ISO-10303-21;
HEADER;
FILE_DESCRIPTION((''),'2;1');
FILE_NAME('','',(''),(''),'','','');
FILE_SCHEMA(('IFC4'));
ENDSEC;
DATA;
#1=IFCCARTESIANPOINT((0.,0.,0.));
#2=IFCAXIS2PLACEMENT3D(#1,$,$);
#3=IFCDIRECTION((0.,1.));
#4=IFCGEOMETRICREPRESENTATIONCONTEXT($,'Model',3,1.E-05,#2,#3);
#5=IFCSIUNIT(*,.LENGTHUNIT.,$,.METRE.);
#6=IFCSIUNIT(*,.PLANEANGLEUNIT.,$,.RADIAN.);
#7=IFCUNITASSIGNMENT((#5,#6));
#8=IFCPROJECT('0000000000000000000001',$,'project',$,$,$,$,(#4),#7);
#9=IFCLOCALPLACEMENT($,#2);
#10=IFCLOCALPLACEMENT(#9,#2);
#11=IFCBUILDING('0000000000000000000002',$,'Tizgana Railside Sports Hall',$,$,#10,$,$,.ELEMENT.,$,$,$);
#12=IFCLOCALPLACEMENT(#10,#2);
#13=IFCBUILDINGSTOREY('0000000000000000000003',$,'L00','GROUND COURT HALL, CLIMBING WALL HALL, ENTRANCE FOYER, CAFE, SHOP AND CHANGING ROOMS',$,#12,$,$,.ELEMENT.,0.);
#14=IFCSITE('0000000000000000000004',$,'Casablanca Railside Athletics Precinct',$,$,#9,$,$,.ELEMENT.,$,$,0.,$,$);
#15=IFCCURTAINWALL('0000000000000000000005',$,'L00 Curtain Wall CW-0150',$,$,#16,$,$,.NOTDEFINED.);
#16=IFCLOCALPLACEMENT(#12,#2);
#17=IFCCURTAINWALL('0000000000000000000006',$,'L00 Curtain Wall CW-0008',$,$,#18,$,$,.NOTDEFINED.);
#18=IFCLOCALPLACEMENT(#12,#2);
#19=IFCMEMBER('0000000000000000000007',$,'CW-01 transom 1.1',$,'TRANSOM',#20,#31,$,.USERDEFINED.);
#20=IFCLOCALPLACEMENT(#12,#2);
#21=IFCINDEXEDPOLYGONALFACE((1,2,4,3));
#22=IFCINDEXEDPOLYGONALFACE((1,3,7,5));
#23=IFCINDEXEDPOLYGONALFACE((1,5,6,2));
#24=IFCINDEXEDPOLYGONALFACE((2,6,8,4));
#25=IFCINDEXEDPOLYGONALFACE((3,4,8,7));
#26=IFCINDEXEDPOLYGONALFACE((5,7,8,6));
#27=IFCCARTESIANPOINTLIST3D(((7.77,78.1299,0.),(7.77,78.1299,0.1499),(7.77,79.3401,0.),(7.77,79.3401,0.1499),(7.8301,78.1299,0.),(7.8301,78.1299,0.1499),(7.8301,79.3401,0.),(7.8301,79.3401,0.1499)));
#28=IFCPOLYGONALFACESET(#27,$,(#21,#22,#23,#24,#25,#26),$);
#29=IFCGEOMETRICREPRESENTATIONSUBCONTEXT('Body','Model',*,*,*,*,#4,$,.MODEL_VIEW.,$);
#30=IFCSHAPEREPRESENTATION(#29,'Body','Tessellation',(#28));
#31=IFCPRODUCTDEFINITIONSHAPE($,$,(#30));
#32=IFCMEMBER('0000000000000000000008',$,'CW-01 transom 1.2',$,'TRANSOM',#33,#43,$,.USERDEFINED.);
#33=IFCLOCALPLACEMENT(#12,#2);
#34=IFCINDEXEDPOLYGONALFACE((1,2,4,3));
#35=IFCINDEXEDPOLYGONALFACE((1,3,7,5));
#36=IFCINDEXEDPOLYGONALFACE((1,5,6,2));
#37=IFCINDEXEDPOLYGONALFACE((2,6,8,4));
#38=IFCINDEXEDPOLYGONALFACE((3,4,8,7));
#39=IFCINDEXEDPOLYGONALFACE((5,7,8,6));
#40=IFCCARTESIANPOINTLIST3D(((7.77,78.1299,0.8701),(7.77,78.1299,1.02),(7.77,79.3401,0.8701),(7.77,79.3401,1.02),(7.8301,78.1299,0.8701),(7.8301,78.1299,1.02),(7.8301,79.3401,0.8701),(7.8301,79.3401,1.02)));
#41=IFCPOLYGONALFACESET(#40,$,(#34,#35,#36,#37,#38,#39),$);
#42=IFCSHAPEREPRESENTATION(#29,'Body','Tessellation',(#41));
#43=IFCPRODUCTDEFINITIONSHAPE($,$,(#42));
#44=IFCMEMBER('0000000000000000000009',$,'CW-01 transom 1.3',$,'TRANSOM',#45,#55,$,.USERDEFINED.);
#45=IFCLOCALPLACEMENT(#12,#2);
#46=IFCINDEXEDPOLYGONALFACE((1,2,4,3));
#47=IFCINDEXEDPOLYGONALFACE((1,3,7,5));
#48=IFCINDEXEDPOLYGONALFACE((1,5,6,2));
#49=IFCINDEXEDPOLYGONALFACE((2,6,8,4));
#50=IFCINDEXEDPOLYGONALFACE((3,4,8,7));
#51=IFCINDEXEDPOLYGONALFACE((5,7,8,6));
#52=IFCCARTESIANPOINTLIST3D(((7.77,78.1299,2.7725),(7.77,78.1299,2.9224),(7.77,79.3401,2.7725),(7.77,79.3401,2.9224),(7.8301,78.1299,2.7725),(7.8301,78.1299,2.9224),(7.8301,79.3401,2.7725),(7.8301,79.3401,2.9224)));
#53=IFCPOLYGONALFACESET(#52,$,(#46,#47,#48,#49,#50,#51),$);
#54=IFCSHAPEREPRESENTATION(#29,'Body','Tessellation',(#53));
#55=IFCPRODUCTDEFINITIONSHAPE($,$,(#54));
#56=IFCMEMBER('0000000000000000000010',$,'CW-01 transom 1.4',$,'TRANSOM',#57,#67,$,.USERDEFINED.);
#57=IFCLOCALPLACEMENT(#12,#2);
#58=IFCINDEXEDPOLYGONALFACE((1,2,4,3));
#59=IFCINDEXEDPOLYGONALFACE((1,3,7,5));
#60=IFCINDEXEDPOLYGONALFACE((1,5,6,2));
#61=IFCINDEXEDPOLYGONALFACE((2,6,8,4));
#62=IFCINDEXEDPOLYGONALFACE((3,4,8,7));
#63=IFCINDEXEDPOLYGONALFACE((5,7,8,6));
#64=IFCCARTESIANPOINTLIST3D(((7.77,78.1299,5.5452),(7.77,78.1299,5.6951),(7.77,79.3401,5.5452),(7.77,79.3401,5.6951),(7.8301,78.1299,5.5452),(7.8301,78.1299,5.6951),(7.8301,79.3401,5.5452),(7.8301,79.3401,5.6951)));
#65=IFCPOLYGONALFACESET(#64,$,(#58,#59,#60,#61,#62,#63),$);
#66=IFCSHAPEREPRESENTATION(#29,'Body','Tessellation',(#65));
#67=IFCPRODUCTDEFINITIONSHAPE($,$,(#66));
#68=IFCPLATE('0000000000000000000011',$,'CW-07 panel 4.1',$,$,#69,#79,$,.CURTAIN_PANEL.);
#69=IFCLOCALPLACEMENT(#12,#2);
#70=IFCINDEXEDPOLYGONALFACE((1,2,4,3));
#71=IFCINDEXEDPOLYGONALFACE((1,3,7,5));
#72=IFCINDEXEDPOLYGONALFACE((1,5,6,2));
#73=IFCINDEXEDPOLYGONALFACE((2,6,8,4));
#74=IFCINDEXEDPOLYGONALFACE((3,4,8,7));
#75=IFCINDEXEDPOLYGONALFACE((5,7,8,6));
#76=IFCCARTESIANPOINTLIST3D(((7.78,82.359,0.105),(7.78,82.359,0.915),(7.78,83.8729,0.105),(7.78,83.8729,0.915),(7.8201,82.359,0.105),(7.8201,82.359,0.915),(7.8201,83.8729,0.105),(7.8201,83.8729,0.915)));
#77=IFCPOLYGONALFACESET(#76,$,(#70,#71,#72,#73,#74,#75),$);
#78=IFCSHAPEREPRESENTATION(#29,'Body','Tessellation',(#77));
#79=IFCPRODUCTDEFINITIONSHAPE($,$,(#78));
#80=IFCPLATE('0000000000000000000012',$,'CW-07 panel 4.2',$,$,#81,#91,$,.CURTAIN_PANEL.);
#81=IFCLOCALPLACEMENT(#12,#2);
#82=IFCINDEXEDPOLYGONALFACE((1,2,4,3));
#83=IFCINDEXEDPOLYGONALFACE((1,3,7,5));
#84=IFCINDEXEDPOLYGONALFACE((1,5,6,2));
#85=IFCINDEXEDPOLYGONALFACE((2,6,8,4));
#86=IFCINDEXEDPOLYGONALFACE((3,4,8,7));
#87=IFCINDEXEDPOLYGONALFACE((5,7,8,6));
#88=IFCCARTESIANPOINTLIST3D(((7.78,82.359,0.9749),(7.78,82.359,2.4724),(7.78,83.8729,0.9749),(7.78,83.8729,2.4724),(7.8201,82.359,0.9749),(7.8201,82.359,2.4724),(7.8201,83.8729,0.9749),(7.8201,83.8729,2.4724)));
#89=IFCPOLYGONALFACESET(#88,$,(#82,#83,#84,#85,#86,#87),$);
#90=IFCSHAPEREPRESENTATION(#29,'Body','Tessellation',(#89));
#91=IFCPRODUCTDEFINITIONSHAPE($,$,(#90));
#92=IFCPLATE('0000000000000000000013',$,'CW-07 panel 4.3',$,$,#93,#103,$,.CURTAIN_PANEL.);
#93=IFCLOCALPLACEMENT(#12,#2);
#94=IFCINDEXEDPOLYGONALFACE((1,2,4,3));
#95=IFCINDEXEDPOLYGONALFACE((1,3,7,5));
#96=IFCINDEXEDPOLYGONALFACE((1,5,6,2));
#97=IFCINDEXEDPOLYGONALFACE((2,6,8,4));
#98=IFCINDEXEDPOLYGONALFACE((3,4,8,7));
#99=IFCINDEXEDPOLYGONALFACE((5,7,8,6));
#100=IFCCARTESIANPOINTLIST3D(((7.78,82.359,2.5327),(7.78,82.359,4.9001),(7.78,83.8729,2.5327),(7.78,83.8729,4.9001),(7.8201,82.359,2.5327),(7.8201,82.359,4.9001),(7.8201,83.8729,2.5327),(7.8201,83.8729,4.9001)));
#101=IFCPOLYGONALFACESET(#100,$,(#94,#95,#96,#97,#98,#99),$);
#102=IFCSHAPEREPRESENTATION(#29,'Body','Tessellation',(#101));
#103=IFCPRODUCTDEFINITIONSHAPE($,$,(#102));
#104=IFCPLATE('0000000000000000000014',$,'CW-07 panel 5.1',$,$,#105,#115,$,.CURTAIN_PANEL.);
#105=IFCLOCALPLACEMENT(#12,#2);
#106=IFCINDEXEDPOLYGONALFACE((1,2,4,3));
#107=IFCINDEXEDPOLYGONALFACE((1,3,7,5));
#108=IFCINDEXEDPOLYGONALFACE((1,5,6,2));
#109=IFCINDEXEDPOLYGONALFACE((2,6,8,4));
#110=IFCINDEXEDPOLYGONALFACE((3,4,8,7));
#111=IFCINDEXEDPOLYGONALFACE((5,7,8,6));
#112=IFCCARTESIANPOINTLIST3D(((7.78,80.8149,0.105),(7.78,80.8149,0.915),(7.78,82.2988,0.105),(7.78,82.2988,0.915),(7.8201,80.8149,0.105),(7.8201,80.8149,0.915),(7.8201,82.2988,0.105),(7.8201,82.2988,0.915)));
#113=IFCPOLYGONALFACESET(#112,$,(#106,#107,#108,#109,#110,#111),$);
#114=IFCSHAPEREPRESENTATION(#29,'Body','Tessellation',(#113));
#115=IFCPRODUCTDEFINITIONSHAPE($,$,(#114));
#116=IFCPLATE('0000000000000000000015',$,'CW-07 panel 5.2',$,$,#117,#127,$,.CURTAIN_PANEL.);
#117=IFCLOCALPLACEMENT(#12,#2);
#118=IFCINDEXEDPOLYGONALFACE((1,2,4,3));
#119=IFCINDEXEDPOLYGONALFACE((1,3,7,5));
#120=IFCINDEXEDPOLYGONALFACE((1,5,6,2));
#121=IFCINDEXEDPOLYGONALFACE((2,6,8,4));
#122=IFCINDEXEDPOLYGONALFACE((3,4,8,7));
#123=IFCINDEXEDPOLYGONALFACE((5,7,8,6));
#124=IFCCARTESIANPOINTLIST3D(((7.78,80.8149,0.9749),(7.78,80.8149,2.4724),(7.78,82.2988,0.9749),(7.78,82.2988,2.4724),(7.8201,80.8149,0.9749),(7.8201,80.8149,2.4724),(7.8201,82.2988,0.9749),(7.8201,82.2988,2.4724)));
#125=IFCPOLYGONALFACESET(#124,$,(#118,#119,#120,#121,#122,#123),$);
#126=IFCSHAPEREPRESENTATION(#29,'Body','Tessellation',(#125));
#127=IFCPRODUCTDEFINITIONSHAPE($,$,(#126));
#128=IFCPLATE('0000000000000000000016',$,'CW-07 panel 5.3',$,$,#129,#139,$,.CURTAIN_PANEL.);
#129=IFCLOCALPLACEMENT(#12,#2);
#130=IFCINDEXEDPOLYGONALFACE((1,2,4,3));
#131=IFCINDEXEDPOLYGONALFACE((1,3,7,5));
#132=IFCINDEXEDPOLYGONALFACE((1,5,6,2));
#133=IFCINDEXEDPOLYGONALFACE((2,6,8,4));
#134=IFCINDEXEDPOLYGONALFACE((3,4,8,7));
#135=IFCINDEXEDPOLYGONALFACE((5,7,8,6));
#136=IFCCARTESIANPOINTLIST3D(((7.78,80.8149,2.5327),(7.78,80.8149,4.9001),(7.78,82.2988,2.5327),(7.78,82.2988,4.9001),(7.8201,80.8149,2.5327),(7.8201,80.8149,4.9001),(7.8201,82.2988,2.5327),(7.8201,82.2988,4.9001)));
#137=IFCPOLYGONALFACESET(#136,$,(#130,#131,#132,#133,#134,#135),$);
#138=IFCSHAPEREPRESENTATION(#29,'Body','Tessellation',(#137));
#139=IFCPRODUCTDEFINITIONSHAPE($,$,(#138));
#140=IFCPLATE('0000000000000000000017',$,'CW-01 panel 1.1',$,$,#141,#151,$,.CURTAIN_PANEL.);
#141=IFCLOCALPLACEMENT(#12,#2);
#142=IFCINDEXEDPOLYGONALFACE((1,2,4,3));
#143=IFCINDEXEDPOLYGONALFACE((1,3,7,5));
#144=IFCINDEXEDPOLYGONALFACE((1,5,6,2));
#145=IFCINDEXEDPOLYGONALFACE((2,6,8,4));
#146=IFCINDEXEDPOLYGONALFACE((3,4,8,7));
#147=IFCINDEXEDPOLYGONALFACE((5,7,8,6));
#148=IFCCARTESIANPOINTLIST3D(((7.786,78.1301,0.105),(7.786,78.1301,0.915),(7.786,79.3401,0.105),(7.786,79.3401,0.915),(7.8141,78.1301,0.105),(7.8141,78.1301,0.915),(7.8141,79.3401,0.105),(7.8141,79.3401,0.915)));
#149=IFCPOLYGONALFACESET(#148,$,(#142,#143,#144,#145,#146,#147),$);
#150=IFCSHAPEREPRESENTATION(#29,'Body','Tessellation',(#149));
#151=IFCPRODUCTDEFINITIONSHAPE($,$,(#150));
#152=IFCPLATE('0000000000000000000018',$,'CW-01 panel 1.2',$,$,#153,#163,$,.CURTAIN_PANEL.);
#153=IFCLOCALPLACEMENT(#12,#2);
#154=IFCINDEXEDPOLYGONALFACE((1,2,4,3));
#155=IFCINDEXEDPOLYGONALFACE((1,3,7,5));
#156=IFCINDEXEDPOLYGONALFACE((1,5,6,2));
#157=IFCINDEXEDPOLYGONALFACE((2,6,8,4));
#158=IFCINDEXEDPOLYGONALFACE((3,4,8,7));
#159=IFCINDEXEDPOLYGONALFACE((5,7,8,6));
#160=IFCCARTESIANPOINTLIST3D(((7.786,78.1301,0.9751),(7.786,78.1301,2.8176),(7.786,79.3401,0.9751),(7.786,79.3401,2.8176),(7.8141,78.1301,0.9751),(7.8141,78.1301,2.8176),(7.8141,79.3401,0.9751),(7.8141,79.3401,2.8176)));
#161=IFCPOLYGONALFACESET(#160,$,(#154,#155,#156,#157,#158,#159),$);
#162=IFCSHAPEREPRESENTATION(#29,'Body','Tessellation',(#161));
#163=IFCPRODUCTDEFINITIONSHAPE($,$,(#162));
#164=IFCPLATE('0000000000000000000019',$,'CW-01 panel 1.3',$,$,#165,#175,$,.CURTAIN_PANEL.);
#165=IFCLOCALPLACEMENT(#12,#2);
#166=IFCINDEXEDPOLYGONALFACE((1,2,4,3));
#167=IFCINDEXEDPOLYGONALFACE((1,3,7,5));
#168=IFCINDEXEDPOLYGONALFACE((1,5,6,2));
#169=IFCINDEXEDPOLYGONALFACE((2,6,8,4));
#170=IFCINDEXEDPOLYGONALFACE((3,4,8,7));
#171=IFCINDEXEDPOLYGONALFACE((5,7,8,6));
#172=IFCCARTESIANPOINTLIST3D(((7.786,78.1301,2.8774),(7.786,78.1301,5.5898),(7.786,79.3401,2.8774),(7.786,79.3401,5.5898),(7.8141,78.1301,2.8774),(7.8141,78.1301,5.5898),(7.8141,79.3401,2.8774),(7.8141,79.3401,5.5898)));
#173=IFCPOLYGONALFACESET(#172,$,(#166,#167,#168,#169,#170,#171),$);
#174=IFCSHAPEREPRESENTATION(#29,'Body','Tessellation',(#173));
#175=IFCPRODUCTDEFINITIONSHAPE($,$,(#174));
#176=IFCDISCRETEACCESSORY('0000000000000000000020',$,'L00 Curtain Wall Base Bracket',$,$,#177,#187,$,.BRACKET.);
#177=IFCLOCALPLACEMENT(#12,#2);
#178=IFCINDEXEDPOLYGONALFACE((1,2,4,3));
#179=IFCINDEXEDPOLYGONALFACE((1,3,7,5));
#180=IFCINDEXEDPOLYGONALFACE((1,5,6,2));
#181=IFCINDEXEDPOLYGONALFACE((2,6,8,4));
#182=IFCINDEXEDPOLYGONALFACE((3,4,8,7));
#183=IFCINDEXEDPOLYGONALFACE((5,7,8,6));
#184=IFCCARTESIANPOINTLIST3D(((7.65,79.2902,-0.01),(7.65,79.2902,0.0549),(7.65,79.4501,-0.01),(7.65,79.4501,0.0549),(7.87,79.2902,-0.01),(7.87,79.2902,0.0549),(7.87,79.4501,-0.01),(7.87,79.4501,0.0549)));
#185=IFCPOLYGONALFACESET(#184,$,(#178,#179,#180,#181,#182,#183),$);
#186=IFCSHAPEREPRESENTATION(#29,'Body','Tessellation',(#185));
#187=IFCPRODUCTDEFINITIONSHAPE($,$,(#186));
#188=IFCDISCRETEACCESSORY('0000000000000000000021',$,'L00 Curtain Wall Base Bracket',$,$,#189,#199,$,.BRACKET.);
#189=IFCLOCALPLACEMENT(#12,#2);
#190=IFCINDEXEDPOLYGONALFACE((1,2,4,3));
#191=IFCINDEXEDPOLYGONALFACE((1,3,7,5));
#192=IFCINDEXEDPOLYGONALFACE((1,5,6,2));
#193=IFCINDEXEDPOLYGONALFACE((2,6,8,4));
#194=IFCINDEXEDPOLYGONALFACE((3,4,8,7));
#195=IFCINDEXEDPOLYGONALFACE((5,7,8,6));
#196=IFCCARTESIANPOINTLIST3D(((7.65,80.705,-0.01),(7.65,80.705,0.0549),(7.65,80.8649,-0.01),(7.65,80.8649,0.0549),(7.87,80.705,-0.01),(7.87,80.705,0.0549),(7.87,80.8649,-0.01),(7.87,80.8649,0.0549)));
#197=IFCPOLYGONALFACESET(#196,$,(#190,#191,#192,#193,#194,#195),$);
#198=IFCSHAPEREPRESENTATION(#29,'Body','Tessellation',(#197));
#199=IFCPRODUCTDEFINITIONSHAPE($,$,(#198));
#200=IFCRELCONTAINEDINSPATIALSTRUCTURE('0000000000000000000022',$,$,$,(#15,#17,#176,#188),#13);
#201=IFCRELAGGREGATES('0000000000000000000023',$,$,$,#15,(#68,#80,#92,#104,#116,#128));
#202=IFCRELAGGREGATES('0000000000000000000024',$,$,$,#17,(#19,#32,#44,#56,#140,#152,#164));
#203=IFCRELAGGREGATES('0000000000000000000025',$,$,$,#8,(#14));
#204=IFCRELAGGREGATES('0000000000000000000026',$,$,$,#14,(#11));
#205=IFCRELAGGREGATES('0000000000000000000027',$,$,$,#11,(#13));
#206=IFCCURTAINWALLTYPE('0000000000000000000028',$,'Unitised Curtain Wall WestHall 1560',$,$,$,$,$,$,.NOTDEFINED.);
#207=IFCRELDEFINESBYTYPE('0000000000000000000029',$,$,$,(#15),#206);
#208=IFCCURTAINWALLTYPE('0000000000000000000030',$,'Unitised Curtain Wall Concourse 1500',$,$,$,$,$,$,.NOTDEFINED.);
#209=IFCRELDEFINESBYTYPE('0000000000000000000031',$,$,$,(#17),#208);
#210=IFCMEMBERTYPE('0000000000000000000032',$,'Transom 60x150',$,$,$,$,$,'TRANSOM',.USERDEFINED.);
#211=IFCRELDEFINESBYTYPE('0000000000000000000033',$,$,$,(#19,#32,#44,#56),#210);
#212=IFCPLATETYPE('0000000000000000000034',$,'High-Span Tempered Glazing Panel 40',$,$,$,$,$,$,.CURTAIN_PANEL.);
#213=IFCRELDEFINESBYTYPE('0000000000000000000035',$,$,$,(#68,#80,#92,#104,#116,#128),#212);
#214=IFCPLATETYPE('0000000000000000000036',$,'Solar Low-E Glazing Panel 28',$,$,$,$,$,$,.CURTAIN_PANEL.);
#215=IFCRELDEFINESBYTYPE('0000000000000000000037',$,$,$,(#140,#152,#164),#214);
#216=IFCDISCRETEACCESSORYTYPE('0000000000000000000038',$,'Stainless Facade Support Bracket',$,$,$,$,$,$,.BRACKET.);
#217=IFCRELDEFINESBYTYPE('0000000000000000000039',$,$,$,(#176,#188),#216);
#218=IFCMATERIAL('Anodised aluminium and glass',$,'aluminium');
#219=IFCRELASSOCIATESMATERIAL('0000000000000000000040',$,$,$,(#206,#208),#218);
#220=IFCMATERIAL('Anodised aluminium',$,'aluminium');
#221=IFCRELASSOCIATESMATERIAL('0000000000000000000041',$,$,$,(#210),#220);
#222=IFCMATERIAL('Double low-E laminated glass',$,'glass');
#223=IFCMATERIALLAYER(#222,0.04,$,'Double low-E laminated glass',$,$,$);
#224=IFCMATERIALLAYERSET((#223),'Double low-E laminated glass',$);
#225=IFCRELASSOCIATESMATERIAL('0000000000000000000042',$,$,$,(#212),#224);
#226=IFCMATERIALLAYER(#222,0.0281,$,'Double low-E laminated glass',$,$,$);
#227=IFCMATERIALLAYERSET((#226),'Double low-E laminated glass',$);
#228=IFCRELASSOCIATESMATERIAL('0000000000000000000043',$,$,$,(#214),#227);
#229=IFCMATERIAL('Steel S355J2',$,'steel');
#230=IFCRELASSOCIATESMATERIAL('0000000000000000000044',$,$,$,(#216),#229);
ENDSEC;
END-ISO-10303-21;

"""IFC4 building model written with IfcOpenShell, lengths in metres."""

from ifc_helpers import new_model, si_unit, direction, frame, origin, origin_2d, place, context, subcontext, project, spatial, rectangle, extrude, material, layer, layer_set, material_profile, profile_set, type_object, element, aggregate, save


model = new_model("IFC4")

# Units and contexts
model_context = context("Model", 3, precision=1e-05, world=origin(), true_north=direction((0.0, 1.0)))
body_context = subcontext(model_context, "Body", "Model", "MODEL_VIEW")
ifc_project = project(units=[si_unit("LENGTHUNIT", "METRE"), si_unit("PLANEANGLEUNIT", "RADIAN")], contexts=[model_context])

# Site, building, storey
site_placement = place(None, origin())
site = spatial("IfcSite", under=ifc_project, at=site_placement, Name="Casablanca Railside Athletics Precinct", CompositionType="ELEMENT", RefElevation=0.0)
building_placement = place(site_placement, origin())
building = spatial("IfcBuilding", under=site, at=building_placement, Name="Tizgana Railside Sports Hall", CompositionType="ELEMENT")
storey_placement = place(building_placement, origin())
storey = spatial("IfcBuildingStorey", under=building, at=storey_placement, Name="L00", Description="GROUND COURT HALL, CLIMBING WALL HALL, ENTRANCE FOYER, CAFE, SHOP AND CHANGING ROOMS", CompositionType="ELEMENT", Elevation=0.0)

# Curtain wall
ifc_material_1 = material(Name="Anodised aluminium and glass", Category="aluminium")
curtain_wall_type_1 = type_object("IfcCurtainWallType", Name="Unitised Curtain Wall WestHall 1560", PredefinedType="NOTDEFINED", material=ifc_material_1)
curtain_wall_1_placement = place(storey_placement, origin())
curtain_wall_1 = element("IfcCurtainWall", 1, at=curtain_wall_1_placement, inside=storey, type_object=curtain_wall_type_1, Name="L00 Curtain Wall CW-0150", PredefinedType="NOTDEFINED")
ifc_material_2 = material(Name="Anodised aluminium", Category="aluminium")

# Curtain wall
curtain_wall_type_2 = type_object("IfcCurtainWallType", Name="Unitised Curtain Wall Concourse 1500", PredefinedType="NOTDEFINED", material=ifc_material_1)
curtain_wall_2_placement = place(storey_placement, origin())
curtain_wall_2 = element("IfcCurtainWall", 2, at=curtain_wall_2_placement, inside=storey, type_object=curtain_wall_type_2, Name="L00 Curtain Wall CW-0008", PredefinedType="NOTDEFINED")

# Members
ifc_material_profile_1 = material_profile(ifc_material_2, rectangle(XDim=0.0601, YDim=0.1499, at=origin_2d()), Name="Transom 60x150")
ifc_profile_set_1 = profile_set([ifc_material_profile_1], Name="Anodised aluminium")
member_type_1 = type_object("IfcMemberType", Name="Transom 60x150", ElementType="TRANSOM", PredefinedType="USERDEFINED", material=ifc_profile_set_1)
member_1_placement = place(storey_placement, frame((7.8, 79.3401, 0.075), z_axis=(0.0, -1.0, 0.0), x_axis=(1.0, 0.0, 0.0)))
member_1 = element("IfcMember", 3, at=member_1_placement, type_object=member_type_1, Name="CW-01 transom 1.1", ObjectType="TRANSOM", PredefinedType="USERDEFINED", context=body_context, shape_type="SweptSolid", body=[
    extrude(rectangle(XDim=0.0601, YDim=0.1499, at=origin_2d()), origin(), (0.0, 0.0, 1.0), 1.2102),
])
member_2_placement = place(storey_placement, frame((7.8, 79.3401, 0.9451), z_axis=(0.0, -1.0, 0.0), x_axis=(1.0, 0.0, 0.0)))
member_2 = element("IfcMember", 4, at=member_2_placement, type_object=member_type_1, Name="CW-01 transom 1.2", ObjectType="TRANSOM", PredefinedType="USERDEFINED", context=body_context, shape_type="SweptSolid", body=[
    extrude(rectangle(XDim=0.0601, YDim=0.1499, at=origin_2d()), origin(), (0.0, 0.0, 1.0), 1.2102),
])
member_3_placement = place(storey_placement, frame((7.8, 79.3401, 2.8474), z_axis=(0.0, -1.0, 0.0), x_axis=(1.0, 0.0, 0.0)))
member_3 = element("IfcMember", 5, at=member_3_placement, type_object=member_type_1, Name="CW-01 transom 1.3", ObjectType="TRANSOM", PredefinedType="USERDEFINED", context=body_context, shape_type="SweptSolid", body=[
    extrude(rectangle(XDim=0.0601, YDim=0.1499, at=origin_2d()), origin(), (0.0, 0.0, 1.0), 1.2102),
])
member_4_placement = place(storey_placement, frame((7.8, 79.3401, 5.6201), z_axis=(0.0, -1.0, 0.0), x_axis=(1.0, 0.0, 0.0)))
member_4 = element("IfcMember", 6, at=member_4_placement, type_object=member_type_1, Name="CW-01 transom 1.4", ObjectType="TRANSOM", PredefinedType="USERDEFINED", context=body_context, shape_type="SweptSolid", body=[
    extrude(rectangle(XDim=0.0601, YDim=0.1499, at=origin_2d()), origin(), (0.0, 0.0, 1.0), 1.2102),
])

# Plates
ifc_material_3 = material(Name="Double low-E laminated glass", Category="glass")
ifc_layer_1 = layer(ifc_material_3, 0.04, Name="Double low-E laminated glass")
ifc_layer_set_1 = layer_set([ifc_layer_1], Name="Double low-E laminated glass")
plate_type_1 = type_object("IfcPlateType", Name="High-Span Tempered Glazing Panel 40", PredefinedType="CURTAIN_PANEL", material=ifc_layer_set_1)
plate_1_placement = place(storey_placement, frame((7.8, 83.116, 0.105), z_axis=(0.0, 0.0, 1.0), x_axis=(0.0, -1.0, 0.0)))
plate_1 = element("IfcPlate", 7, at=plate_1_placement, type_object=plate_type_1, Name="CW-07 panel 4.1", PredefinedType="CURTAIN_PANEL", context=body_context, shape_type="SweptSolid", body=[
    extrude(rectangle(XDim=1.5139, YDim=0.04, at=origin_2d()), origin(), (0.0, 0.0, 1.0), 0.8101),
])
plate_2_placement = place(storey_placement, frame((7.8, 83.116, 0.9749), z_axis=(0.0, 0.0, 1.0), x_axis=(0.0, -1.0, 0.0)))
plate_2 = element("IfcPlate", 8, at=plate_2_placement, type_object=plate_type_1, Name="CW-07 panel 4.2", PredefinedType="CURTAIN_PANEL", context=body_context, shape_type="SweptSolid", body=[
    extrude(rectangle(XDim=1.5139, YDim=0.04, at=origin_2d()), origin(), (0.0, 0.0, 1.0), 1.4976),
])
plate_3_placement = place(storey_placement, frame((7.8, 83.116, 2.5327), z_axis=(0.0, 0.0, 1.0), x_axis=(0.0, -1.0, 0.0)))
plate_3 = element("IfcPlate", 9, at=plate_3_placement, type_object=plate_type_1, Name="CW-07 panel 4.3", PredefinedType="CURTAIN_PANEL", context=body_context, shape_type="SweptSolid", body=[
    extrude(rectangle(XDim=1.5139, YDim=0.04, at=origin_2d()), origin(), (0.0, 0.0, 1.0), 2.3674),
])
plate_4_placement = place(storey_placement, frame((7.8, 81.5569, 0.105), z_axis=(0.0, 0.0, 1.0), x_axis=(0.0, -1.0, 0.0)))
plate_4 = element("IfcPlate", 10, at=plate_4_placement, type_object=plate_type_1, Name="CW-07 panel 5.1", PredefinedType="CURTAIN_PANEL", context=body_context, shape_type="SweptSolid", body=[
    extrude(rectangle(XDim=1.4839, YDim=0.04, at=origin_2d()), origin(), (0.0, 0.0, 1.0), 0.8101),
])
plate_5_placement = place(storey_placement, frame((7.8, 81.5569, 0.9749), z_axis=(0.0, 0.0, 1.0), x_axis=(0.0, -1.0, 0.0)))
plate_5 = element("IfcPlate", 11, at=plate_5_placement, type_object=plate_type_1, Name="CW-07 panel 5.2", PredefinedType="CURTAIN_PANEL", context=body_context, shape_type="SweptSolid", body=[
    extrude(rectangle(XDim=1.4839, YDim=0.04, at=origin_2d()), origin(), (0.0, 0.0, 1.0), 1.4976),
])
plate_6_placement = place(storey_placement, frame((7.8, 81.5569, 2.5327), z_axis=(0.0, 0.0, 1.0), x_axis=(0.0, -1.0, 0.0)))
plate_6 = element("IfcPlate", 12, at=plate_6_placement, type_object=plate_type_1, Name="CW-07 panel 5.3", PredefinedType="CURTAIN_PANEL", context=body_context, shape_type="SweptSolid", body=[
    extrude(rectangle(XDim=1.4839, YDim=0.04, at=origin_2d()), origin(), (0.0, 0.0, 1.0), 2.3674),
])
aggregate(curtain_wall_1, [plate_1, plate_2, plate_3, plate_4, plate_5, plate_6])
ifc_layer_2 = layer(ifc_material_3, 0.0281, Name="Double low-E laminated glass")
ifc_layer_set_2 = layer_set([ifc_layer_2], Name="Double low-E laminated glass")
plate_type_2 = type_object("IfcPlateType", Name="Solar Low-E Glazing Panel 28", PredefinedType="CURTAIN_PANEL", material=ifc_layer_set_2)
plate_7_placement = place(storey_placement, frame((7.8, 78.7351, 0.105), z_axis=(0.0, 0.0, 1.0), x_axis=(0.0, -1.0, 0.0)))
plate_7 = element("IfcPlate", 13, at=plate_7_placement, type_object=plate_type_2, Name="CW-01 panel 1.1", PredefinedType="CURTAIN_PANEL", context=body_context, shape_type="SweptSolid", body=[
    extrude(rectangle(XDim=1.21, YDim=0.0281, at=origin_2d()), origin(), (0.0, 0.0, 1.0), 0.8101),
])
plate_8_placement = place(storey_placement, frame((7.8, 78.7351, 0.9751), z_axis=(0.0, 0.0, 1.0), x_axis=(0.0, -1.0, 0.0)))
plate_8 = element("IfcPlate", 14, at=plate_8_placement, type_object=plate_type_2, Name="CW-01 panel 1.2", PredefinedType="CURTAIN_PANEL", context=body_context, shape_type="SweptSolid", body=[
    extrude(rectangle(XDim=1.21, YDim=0.0281, at=origin_2d()), origin(), (0.0, 0.0, 1.0), 1.8425),
])
plate_9_placement = place(storey_placement, frame((7.8, 78.7351, 2.8774), z_axis=(0.0, 0.0, 1.0), x_axis=(0.0, -1.0, 0.0)))
plate_9 = element("IfcPlate", 15, at=plate_9_placement, type_object=plate_type_2, Name="CW-01 panel 1.3", PredefinedType="CURTAIN_PANEL", context=body_context, shape_type="SweptSolid", body=[
    extrude(rectangle(XDim=1.21, YDim=0.0281, at=origin_2d()), origin(), (0.0, 0.0, 1.0), 2.7124),
])
aggregate(curtain_wall_2, [member_1, member_2, member_3, member_4, plate_7, plate_8, plate_9])

# Discrete accessories
ifc_material_4 = material(Name="Steel S355J2", Category="steel")
discrete_accessory_type = type_object("IfcDiscreteAccessoryType", Name="Stainless Facade Support Bracket", PredefinedType="BRACKET", material=ifc_material_4)
for number, where, z_axis, x_axis, name in (
    (16, (7.76, 79.3701, -0.01), (0.0, 0.0, 1.0), (0.0, -1.0, 0.0), "L00 Curtain Wall Base Bracket"),
    (17, (7.76, 80.7849, -0.01), (0.0, 0.0, 1.0), (0.0, -1.0, 0.0), "L00 Curtain Wall Base Bracket"),
):
    element("IfcDiscreteAccessory", number, at=place(storey_placement, frame(where, z_axis=z_axis, x_axis=x_axis)), inside=storey, type_object=discrete_accessory_type, Name=name, PredefinedType="BRACKET", context=body_context, shape_type="SweptSolid", body=[
        extrude(rectangle(XDim=0.1599, YDim=0.22, at=origin_2d()), origin(), (0.0, 0.0, 1.0), 0.0649),
    ])

save(model, "model.ifc")
